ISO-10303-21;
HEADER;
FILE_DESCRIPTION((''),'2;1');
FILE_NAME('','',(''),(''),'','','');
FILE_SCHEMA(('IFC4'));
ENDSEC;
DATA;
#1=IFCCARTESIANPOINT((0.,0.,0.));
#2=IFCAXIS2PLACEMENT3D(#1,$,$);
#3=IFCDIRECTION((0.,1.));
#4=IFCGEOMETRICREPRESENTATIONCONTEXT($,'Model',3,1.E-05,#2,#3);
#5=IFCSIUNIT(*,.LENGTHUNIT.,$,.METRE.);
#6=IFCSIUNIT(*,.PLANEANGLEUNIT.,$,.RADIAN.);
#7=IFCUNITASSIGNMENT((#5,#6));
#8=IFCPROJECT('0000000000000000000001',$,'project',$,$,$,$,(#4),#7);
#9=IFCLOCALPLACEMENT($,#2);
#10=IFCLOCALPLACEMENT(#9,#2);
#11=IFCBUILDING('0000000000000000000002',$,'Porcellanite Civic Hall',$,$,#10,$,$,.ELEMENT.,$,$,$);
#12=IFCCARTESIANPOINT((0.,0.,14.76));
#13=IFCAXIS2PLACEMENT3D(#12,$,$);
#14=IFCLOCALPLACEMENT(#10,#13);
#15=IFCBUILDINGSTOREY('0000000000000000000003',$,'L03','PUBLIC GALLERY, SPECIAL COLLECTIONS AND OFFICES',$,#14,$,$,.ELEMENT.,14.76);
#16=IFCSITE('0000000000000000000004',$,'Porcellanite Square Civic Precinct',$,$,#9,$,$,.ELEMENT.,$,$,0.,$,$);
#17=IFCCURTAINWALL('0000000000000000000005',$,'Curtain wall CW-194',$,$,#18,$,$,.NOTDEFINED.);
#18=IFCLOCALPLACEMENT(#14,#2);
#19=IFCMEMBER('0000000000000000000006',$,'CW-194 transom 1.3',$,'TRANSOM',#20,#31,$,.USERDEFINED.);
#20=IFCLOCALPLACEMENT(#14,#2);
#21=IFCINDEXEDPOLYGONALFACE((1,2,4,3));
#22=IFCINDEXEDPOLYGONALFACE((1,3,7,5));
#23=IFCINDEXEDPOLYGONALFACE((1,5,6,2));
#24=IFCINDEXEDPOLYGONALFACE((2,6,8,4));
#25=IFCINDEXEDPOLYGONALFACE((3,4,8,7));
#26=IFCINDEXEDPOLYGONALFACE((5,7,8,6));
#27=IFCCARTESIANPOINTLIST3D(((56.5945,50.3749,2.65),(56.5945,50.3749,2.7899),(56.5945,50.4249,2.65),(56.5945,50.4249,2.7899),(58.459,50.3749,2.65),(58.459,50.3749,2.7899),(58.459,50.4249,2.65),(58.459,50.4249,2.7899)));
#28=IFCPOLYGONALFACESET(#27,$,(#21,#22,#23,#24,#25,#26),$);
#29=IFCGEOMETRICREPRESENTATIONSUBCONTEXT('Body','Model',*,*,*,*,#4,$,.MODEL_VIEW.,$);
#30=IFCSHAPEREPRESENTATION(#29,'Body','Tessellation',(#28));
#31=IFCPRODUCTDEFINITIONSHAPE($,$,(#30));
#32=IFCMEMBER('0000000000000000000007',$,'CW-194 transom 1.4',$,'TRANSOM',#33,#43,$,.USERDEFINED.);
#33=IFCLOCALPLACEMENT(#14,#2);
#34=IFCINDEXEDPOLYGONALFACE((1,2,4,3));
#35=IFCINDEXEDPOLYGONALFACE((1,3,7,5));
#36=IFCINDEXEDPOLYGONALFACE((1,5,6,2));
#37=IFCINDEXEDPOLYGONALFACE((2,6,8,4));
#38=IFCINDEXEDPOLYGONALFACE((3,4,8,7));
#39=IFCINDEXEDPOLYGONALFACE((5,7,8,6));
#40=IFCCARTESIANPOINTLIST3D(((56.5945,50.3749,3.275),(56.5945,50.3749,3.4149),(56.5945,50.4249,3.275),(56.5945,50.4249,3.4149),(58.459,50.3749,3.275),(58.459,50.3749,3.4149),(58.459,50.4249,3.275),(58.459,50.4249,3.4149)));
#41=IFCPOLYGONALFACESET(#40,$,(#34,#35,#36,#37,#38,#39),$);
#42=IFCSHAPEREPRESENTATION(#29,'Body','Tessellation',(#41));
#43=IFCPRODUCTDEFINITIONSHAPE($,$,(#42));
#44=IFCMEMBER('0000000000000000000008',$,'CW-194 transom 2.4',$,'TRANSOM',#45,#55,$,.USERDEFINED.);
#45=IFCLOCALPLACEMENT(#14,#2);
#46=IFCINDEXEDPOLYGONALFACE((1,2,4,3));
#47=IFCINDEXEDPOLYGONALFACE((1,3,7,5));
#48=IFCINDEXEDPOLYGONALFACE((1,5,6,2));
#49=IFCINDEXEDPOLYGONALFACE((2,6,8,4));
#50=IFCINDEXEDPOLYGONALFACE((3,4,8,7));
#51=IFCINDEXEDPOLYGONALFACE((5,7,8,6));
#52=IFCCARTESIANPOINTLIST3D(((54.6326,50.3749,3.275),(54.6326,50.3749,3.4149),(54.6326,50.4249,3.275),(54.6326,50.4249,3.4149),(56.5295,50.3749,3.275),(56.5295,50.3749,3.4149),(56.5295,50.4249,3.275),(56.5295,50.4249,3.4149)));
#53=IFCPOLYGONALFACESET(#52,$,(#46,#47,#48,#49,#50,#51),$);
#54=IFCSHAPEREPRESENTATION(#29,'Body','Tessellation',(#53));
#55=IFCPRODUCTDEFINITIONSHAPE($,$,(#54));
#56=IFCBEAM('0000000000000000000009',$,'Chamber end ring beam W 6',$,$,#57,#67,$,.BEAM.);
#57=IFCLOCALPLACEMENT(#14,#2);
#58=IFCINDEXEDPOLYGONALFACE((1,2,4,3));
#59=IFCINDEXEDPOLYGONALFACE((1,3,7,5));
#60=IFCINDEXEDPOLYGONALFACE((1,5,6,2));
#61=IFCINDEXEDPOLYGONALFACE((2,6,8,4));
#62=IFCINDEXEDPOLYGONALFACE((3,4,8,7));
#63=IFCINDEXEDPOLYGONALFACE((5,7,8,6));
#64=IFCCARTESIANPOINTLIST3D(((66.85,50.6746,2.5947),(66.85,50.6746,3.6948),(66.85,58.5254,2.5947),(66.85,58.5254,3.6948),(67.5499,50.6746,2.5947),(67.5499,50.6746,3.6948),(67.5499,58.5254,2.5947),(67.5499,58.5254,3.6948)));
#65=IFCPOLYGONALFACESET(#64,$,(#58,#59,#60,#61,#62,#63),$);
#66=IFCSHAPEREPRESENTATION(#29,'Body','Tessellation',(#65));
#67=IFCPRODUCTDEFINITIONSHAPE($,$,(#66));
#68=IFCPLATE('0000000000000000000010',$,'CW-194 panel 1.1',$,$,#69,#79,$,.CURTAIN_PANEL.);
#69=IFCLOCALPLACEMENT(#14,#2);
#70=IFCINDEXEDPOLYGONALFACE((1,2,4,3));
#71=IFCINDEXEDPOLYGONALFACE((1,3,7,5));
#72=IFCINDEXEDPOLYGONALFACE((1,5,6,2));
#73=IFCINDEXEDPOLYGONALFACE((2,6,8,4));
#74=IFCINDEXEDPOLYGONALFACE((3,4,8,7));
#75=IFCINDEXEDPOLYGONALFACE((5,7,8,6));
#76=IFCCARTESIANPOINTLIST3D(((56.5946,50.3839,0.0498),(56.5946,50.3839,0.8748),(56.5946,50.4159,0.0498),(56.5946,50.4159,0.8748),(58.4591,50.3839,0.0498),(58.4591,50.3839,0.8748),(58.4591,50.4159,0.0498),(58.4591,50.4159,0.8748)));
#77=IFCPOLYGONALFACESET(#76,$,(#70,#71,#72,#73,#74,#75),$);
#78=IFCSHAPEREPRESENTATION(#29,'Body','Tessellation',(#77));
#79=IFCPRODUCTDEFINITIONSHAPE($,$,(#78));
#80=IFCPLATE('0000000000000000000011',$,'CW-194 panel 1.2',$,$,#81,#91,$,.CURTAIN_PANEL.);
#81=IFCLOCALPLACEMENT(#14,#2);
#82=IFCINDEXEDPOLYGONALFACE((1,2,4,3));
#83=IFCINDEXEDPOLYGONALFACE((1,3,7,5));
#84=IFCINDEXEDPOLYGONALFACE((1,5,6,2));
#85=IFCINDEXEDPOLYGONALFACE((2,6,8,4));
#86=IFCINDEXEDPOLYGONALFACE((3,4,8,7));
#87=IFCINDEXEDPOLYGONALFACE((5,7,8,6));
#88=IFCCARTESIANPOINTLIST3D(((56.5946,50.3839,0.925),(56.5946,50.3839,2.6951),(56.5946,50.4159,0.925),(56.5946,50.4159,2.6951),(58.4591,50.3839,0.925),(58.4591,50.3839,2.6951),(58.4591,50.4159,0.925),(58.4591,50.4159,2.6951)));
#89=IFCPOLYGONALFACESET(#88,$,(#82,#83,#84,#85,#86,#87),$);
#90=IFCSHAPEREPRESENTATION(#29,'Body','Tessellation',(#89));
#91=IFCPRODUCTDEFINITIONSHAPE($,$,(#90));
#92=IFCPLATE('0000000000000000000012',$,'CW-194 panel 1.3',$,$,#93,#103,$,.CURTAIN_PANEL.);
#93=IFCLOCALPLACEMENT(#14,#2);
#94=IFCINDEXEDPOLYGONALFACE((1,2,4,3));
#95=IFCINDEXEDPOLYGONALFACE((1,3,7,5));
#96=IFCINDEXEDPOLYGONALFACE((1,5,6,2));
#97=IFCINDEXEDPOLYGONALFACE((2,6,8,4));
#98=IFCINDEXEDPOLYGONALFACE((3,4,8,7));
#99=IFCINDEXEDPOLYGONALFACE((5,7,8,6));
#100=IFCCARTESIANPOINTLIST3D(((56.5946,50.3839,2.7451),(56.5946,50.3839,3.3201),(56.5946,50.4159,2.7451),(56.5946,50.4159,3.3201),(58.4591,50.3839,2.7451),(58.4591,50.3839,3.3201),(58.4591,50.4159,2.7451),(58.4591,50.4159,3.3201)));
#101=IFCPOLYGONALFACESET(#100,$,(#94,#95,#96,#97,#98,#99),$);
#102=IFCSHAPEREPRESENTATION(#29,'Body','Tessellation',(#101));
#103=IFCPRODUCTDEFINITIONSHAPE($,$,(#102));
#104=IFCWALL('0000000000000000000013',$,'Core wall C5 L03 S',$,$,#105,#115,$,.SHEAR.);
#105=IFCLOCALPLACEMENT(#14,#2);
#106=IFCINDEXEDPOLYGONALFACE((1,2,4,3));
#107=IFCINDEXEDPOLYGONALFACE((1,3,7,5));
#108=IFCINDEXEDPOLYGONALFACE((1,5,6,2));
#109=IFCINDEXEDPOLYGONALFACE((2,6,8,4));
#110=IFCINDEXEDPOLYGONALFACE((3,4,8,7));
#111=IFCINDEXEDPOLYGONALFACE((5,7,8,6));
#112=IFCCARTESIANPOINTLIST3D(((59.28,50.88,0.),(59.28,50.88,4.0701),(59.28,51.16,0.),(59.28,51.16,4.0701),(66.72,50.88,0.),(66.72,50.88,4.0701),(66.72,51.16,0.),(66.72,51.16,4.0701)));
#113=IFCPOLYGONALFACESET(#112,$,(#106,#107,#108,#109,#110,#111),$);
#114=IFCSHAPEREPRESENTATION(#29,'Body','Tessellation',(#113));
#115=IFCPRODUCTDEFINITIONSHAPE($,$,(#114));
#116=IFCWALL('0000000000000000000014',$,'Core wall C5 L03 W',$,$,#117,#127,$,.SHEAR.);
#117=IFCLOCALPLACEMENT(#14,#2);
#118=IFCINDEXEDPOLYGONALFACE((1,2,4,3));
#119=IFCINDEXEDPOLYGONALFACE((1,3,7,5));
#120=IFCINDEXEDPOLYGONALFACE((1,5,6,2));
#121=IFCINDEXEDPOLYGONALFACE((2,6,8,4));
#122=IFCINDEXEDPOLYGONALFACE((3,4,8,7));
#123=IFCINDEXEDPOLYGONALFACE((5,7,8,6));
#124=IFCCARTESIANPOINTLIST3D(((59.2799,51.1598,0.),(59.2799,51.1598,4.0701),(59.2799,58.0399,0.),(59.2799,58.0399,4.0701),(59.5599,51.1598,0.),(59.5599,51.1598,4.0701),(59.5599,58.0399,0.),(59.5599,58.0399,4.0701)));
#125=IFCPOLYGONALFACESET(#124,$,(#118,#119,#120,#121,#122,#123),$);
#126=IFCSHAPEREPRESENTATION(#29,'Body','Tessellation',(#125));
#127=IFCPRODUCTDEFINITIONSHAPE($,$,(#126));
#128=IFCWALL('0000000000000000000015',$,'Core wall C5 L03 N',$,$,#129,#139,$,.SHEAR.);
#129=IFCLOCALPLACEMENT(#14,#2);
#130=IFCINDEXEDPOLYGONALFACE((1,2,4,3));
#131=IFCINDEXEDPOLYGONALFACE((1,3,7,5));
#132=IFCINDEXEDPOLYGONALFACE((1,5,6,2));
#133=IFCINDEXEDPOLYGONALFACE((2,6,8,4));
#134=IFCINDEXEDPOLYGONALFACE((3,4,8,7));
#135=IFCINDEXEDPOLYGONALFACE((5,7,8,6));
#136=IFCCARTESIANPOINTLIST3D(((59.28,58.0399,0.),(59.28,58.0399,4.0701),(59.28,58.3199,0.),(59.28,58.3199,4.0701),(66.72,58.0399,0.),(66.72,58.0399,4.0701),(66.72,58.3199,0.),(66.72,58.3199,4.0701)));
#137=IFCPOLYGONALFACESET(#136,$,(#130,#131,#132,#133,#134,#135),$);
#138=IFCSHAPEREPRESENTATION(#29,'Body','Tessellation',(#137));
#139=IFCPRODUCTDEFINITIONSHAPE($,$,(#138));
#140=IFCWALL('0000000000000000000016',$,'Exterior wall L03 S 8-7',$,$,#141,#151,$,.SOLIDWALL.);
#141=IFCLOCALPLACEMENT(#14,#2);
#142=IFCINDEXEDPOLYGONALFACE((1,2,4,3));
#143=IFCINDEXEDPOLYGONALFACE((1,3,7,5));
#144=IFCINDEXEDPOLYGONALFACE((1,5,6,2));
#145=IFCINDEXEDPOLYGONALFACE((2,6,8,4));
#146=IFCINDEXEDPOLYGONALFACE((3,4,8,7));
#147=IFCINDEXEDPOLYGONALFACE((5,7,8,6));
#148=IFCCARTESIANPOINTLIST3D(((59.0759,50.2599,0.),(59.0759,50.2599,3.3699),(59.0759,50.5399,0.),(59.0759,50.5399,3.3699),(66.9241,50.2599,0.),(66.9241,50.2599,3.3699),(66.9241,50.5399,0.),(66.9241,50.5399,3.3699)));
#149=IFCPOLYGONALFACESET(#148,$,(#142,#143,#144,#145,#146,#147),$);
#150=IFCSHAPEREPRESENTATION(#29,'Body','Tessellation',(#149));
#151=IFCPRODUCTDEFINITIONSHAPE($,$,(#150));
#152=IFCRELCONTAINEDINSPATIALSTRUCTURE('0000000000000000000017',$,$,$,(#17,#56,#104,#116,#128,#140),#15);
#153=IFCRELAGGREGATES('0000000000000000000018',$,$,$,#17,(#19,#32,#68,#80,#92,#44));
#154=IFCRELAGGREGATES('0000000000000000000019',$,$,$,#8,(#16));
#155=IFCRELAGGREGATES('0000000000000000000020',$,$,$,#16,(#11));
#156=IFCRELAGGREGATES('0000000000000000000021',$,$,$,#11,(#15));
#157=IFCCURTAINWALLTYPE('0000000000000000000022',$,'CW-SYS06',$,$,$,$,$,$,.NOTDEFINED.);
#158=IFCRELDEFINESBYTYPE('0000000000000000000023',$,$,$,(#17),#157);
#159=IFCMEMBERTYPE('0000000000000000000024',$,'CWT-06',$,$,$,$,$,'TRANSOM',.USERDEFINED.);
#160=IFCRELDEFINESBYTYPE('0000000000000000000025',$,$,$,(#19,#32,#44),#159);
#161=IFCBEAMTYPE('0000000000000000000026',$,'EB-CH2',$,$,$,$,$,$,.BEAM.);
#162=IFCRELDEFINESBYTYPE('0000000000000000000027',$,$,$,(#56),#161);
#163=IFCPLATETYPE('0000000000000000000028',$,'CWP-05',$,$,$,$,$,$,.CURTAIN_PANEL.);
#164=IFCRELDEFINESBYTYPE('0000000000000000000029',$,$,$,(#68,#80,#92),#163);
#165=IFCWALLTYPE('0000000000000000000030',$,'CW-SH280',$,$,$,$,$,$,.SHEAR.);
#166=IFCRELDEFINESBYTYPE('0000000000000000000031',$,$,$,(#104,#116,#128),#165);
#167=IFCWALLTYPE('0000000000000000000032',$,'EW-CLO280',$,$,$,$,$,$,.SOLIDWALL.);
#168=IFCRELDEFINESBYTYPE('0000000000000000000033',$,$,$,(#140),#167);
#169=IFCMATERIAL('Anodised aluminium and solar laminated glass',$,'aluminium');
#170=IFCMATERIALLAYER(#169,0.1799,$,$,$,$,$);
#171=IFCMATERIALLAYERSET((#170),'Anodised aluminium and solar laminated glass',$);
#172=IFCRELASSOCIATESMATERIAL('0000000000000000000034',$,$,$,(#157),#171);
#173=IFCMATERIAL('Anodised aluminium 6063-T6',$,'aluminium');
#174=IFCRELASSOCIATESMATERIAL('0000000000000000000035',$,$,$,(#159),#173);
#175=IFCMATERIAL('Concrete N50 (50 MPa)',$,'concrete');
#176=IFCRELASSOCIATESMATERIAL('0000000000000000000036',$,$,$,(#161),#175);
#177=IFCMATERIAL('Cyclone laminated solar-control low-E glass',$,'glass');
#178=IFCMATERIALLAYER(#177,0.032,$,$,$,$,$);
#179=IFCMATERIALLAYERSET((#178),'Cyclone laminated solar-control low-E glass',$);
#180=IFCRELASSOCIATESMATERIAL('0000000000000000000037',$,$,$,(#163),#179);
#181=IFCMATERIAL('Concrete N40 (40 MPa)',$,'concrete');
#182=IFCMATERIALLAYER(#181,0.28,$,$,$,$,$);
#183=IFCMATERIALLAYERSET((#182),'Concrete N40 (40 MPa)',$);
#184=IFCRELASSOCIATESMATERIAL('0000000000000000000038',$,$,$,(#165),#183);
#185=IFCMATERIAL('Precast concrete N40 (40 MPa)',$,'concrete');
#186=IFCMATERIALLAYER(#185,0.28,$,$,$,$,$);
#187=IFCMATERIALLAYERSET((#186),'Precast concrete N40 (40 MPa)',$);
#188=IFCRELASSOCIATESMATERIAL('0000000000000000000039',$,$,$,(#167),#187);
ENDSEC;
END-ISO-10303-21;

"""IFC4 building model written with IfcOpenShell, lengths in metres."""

from ifc_helpers import new_model, si_unit, direction, frame, frame_2d, origin, origin_2d, place, context, subcontext, project, spatial, rectangle, extrude, material, layer, layer_set, material_profile, profile_set, type_object, element, aggregate, save


model = new_model("IFC4")

# Units and contexts
model_context = context("Model", 3, precision=1e-05, world=origin(), true_north=direction((0.0, 1.0)))
body_context = subcontext(model_context, "Body", "Model", "MODEL_VIEW")
ifc_project = project(units=[si_unit("LENGTHUNIT", "METRE"), si_unit("PLANEANGLEUNIT", "RADIAN")], contexts=[model_context])

# Site, building, storey
site_placement = place(None, origin())
site = spatial("IfcSite", under=ifc_project, at=site_placement, Name="Porcellanite Square Civic Precinct", CompositionType="ELEMENT", RefElevation=0.0)
building_placement = place(site_placement, origin())
building = spatial("IfcBuilding", under=site, at=building_placement, Name="Porcellanite Civic Hall", CompositionType="ELEMENT")
storey_placement = place(building_placement, frame((0.0, 0.0, 14.76)))
storey = spatial("IfcBuildingStorey", under=building, at=storey_placement, Name="L03", Description="PUBLIC GALLERY, SPECIAL COLLECTIONS AND OFFICES", CompositionType="ELEMENT", Elevation=14.76)

# Curtain wall, members
ifc_material_1 = material(Name="Anodised aluminium and solar laminated glass", Category="aluminium")
ifc_layer_1 = layer(ifc_material_1, 0.1799)
ifc_layer_set_1 = layer_set([ifc_layer_1], Name="Anodised aluminium and solar laminated glass")
curtain_wall_type = type_object("IfcCurtainWallType", Name="CW-SYS06", PredefinedType="NOTDEFINED", material=ifc_layer_set_1)
curtain_wall_placement = place(storey_placement, origin())
curtain_wall = element("IfcCurtainWall", 1, at=curtain_wall_placement, inside=storey, type_object=curtain_wall_type, Name="Curtain wall CW-194", PredefinedType="NOTDEFINED")
ifc_material_2 = material(Name="Anodised aluminium 6063-T6", Category="aluminium")
ifc_material_profile_1 = material_profile(ifc_material_2, rectangle(XDim=0.05, YDim=0.1399, at=origin_2d()), Name="AL-50x140")
ifc_profile_set_1 = profile_set([ifc_material_profile_1], Name="Anodised aluminium 6063-T6")
member_type_1 = type_object("IfcMemberType", Name="CWT-06", ElementType="TRANSOM", PredefinedType="USERDEFINED", material=ifc_profile_set_1)
member_1_placement = place(storey_placement, frame((58.459, 50.3999, 2.72), z_axis=(-1.0, 0.0, 0.0), x_axis=(0.0, -1.0, 0.0)))
member_1 = element("IfcMember", 2, at=member_1_placement, type_object=member_type_1, Name="CW-194 transom 1.3", ObjectType="TRANSOM", PredefinedType="USERDEFINED", context=body_context, shape_type="SweptSolid", body=[
    extrude(rectangle(XDim=0.05, YDim=0.1399, at=origin_2d()), origin(), (0.0, 0.0, 1.0), 1.8645),
])
member_2_placement = place(storey_placement, frame((58.459, 50.3999, 3.345), z_axis=(-1.0, 0.0, 0.0), x_axis=(0.0, -1.0, 0.0)))
member_2 = element("IfcMember", 3, at=member_2_placement, type_object=member_type_1, Name="CW-194 transom 1.4", ObjectType="TRANSOM", PredefinedType="USERDEFINED", context=body_context, shape_type="SweptSolid", body=[
    extrude(rectangle(XDim=0.05, YDim=0.1399, at=origin_2d()), origin(), (0.0, 0.0, 1.0), 1.8645),
])
member_3_placement = place(storey_placement, frame((56.5295, 50.3999, 3.345), z_axis=(-1.0, 0.0, 0.0), x_axis=(0.0, -1.0, 0.0)))
member_3 = element("IfcMember", 4, at=member_3_placement, type_object=member_type_1, Name="CW-194 transom 2.4", ObjectType="TRANSOM", PredefinedType="USERDEFINED", context=body_context, shape_type="SweptSolid", body=[
    extrude(rectangle(XDim=0.05, YDim=0.1399, at=origin_2d()), origin(), (0.0, 0.0, 1.0), 1.897),
])

# Beam
ifc_material_3 = material(Name="Concrete N50 (50 MPa)", Category="concrete")
ifc_material_profile_2 = material_profile(ifc_material_3, rectangle(XDim=0.7, YDim=1.1001, at=origin_2d()), Name="RC-700x1100")
ifc_profile_set_2 = profile_set([ifc_material_profile_2], Name="Concrete N50 (50 MPa)")
beam_type_1 = type_object("IfcBeamType", Name="EB-CH2", PredefinedType="BEAM", material=ifc_profile_set_2)
beam_1_placement = place(storey_placement, frame((67.2, 50.6746, 3.1448), z_axis=(0.0, 1.0, 0.0), x_axis=(-1.0, 0.0, 0.0)))
element("IfcBeam", 5, at=beam_1_placement, inside=storey, type_object=beam_type_1, Name="Chamber end ring beam W 6", PredefinedType="BEAM", context=body_context, shape_type="SweptSolid", body=[
    extrude(rectangle(XDim=0.7, YDim=1.1001, at=origin_2d()), origin(), (0.0, 0.0, 1.0), 7.8508),
])

# Plates
ifc_material_4 = material(Name="Cyclone laminated solar-control low-E glass", Category="glass")
ifc_layer_2 = layer(ifc_material_4, 0.032)
ifc_layer_set_2 = layer_set([ifc_layer_2], Name="Cyclone laminated solar-control low-E glass")
plate_type = type_object("IfcPlateType", Name="CWP-05", PredefinedType="CURTAIN_PANEL", material=ifc_layer_set_2)
plate_1_placement = place(storey_placement, frame((57.5269, 50.3999, 0.0498), z_axis=(0.0, 0.0, 1.0), x_axis=(-1.0, 0.0, 0.0)))
plate_1 = element("IfcPlate", 6, at=plate_1_placement, type_object=plate_type, Name="CW-194 panel 1.1", PredefinedType="CURTAIN_PANEL", context=body_context, shape_type="SweptSolid", body=[
    extrude(rectangle(XDim=1.8645, YDim=0.032, at=origin_2d()), origin(), (0.0, 0.0, 1.0), 0.825),
])
plate_2_placement = place(storey_placement, frame((57.5269, 50.3999, 0.925), z_axis=(0.0, 0.0, 1.0), x_axis=(-1.0, 0.0, 0.0)))
plate_2 = element("IfcPlate", 7, at=plate_2_placement, type_object=plate_type, Name="CW-194 panel 1.2", PredefinedType="CURTAIN_PANEL", context=body_context, shape_type="SweptSolid", body=[
    extrude(rectangle(XDim=1.8645, YDim=0.032, at=origin_2d()), origin(), (0.0, 0.0, 1.0), 1.77),
])
plate_3_placement = place(storey_placement, frame((57.5269, 50.3999, 2.7451), z_axis=(0.0, 0.0, 1.0), x_axis=(-1.0, 0.0, 0.0)))
plate_3 = element("IfcPlate", 8, at=plate_3_placement, type_object=plate_type, Name="CW-194 panel 1.3", PredefinedType="CURTAIN_PANEL", context=body_context, shape_type="SweptSolid", body=[
    extrude(rectangle(XDim=1.8645, YDim=0.032, at=origin_2d()), origin(), (0.0, 0.0, 1.0), 0.575),
])
aggregate(curtain_wall, [member_1, member_2, plate_1, plate_2, plate_3, member_3])

# Walls
ifc_material_5 = material(Name="Concrete N40 (40 MPa)", Category="concrete")
ifc_layer_3 = layer(ifc_material_5, 0.28)
ifc_layer_set_3 = layer_set([ifc_layer_3], Name="Concrete N40 (40 MPa)")
wall_type_1 = type_object("IfcWallType", Name="CW-SH280", PredefinedType="SHEAR", material=ifc_layer_set_3)
wall_1_placement = place(storey_placement, frame((66.72, 51.02, 0.0), z_axis=(0.0, 0.0, 1.0), x_axis=(-1.0, 0.0, 0.0)))
element("IfcWall", 9, at=wall_1_placement, inside=storey, type_object=wall_type_1, Name="Core wall C5 L03 S", PredefinedType="SHEAR", context=body_context, shape_type="SweptSolid", body=[
    extrude(rectangle(XDim=7.4399, YDim=0.28, at=frame_2d((3.72, 0.0))), origin(), (0.0, 0.0, 1.0), 4.0701),
])
wall_2_placement = place(storey_placement, frame((59.4199, 51.1599, 0.0), z_axis=(0.0, 0.0, 1.0), x_axis=(0.0, 1.0, 0.0)))
element("IfcWall", 10, at=wall_2_placement, inside=storey, type_object=wall_type_1, Name="Core wall C5 L03 W", PredefinedType="SHEAR", context=body_context, shape_type="SweptSolid", body=[
    extrude(rectangle(XDim=6.8801, YDim=0.28, at=frame_2d((3.4399, 0.0))), origin(), (0.0, 0.0, 1.0), 4.0701),
])
wall_3_placement = place(storey_placement, frame((59.28, 58.1799, 0.0), z_axis=(0.0, 0.0, 1.0), x_axis=(1.0, 0.0, 0.0)))
element("IfcWall", 11, at=wall_3_placement, inside=storey, type_object=wall_type_1, Name="Core wall C5 L03 N", PredefinedType="SHEAR", context=body_context, shape_type="SweptSolid", body=[
    extrude(rectangle(XDim=7.4399, YDim=0.28, at=frame_2d((3.72, 0.0))), origin(), (0.0, 0.0, 1.0), 4.0701),
])

# Wall
ifc_material_6 = material(Name="Precast concrete N40 (40 MPa)", Category="concrete")
ifc_layer_4 = layer(ifc_material_6, 0.28)
ifc_layer_set_4 = layer_set([ifc_layer_4], Name="Precast concrete N40 (40 MPa)")
wall_type_2 = type_object("IfcWallType", Name="EW-CLO280", PredefinedType="SOLIDWALL", material=ifc_layer_set_4)
wall_4_placement = place(storey_placement, frame((66.9241, 50.3999, 0.0), z_axis=(0.0, 0.0, 1.0), x_axis=(-1.0, 0.0, 0.0)))
element("IfcWall", 12, at=wall_4_placement, inside=storey, type_object=wall_type_2, Name="Exterior wall L03 S 8-7", PredefinedType="SOLIDWALL", context=body_context, shape_type="SweptSolid", body=[
    extrude(rectangle(XDim=7.8481, YDim=0.28, at=frame_2d((3.9241, 0.0))), origin(), (0.0, 0.0, 1.0), 3.3699),
])

save(model, "model.ifc")
